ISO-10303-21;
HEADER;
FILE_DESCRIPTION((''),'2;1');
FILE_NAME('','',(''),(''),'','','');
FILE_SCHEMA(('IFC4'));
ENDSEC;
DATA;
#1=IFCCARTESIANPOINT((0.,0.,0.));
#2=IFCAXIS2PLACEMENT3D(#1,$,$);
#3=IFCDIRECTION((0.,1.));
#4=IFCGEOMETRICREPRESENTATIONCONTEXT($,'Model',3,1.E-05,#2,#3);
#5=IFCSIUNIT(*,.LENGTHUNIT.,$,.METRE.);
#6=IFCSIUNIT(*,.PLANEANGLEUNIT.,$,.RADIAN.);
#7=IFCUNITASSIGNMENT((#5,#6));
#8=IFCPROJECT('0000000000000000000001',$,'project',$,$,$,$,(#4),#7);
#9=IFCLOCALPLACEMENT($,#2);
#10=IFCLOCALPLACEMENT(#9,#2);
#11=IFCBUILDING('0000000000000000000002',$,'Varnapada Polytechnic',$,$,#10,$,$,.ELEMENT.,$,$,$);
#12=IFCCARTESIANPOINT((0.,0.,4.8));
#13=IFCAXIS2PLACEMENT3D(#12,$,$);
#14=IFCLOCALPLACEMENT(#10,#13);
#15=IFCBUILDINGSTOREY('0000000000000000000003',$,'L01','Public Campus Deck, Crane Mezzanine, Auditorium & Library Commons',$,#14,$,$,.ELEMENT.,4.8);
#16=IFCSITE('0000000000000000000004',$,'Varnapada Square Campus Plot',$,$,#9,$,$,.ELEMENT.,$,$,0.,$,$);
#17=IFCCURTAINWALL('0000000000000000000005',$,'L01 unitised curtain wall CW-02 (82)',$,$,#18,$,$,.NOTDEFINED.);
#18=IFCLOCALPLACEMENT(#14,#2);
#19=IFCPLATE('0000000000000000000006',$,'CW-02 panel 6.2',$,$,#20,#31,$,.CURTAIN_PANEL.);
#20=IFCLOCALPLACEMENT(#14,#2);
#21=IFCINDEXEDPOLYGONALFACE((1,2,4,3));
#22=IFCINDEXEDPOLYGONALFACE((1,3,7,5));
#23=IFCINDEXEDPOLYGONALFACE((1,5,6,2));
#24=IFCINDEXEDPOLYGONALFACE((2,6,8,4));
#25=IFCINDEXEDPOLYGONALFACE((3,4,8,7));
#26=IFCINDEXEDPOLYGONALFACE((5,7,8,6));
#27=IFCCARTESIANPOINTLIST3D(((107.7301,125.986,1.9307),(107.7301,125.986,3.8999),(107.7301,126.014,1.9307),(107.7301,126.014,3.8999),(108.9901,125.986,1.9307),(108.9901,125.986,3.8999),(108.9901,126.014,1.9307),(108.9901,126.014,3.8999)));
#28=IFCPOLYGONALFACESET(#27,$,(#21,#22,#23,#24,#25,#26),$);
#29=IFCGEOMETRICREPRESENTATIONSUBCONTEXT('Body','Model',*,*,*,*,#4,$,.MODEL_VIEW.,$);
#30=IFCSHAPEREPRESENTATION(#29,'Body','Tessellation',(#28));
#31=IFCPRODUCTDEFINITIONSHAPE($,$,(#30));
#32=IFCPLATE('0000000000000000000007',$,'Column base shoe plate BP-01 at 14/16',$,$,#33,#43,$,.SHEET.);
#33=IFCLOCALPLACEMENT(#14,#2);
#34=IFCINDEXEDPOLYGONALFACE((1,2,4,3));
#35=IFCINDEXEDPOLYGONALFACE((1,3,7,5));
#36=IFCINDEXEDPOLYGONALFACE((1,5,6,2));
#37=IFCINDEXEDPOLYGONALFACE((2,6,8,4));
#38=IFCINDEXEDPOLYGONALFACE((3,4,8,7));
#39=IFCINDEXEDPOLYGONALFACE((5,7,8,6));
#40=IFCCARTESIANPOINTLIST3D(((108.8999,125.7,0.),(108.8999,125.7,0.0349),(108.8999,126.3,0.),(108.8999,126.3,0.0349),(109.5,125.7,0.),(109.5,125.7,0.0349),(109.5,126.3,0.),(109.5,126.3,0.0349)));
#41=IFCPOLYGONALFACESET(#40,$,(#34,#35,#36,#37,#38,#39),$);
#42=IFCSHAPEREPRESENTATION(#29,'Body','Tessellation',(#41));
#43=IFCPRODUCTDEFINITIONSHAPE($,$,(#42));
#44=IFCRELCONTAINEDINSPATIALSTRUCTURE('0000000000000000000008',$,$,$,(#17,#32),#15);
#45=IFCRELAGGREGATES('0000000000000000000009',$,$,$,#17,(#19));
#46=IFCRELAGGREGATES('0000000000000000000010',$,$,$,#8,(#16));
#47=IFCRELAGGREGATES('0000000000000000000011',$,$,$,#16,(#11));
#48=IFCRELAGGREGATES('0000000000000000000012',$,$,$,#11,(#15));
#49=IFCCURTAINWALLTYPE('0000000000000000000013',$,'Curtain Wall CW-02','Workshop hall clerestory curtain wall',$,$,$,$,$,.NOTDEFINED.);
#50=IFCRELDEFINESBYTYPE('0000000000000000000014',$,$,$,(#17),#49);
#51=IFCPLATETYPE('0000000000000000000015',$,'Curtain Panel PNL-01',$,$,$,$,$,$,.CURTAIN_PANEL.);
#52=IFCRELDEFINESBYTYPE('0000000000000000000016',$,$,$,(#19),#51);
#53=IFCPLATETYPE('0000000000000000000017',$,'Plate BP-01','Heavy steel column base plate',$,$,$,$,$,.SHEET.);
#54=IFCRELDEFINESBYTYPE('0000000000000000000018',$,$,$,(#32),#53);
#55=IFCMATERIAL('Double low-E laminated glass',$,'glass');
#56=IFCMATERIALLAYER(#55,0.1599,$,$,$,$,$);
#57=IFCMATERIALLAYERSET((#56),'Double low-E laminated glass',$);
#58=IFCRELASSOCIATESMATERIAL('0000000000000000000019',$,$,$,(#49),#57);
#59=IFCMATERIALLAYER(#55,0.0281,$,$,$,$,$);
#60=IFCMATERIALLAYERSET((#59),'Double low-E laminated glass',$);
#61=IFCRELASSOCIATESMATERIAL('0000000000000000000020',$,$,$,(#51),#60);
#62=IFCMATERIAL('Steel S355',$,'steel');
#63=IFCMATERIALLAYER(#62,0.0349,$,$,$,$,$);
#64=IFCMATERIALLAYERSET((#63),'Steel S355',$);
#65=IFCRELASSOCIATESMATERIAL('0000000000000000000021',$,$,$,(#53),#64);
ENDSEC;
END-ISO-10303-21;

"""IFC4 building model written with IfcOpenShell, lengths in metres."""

from ifc_helpers import new_model, si_unit, direction, frame, origin, origin_2d, place, context, subcontext, project, spatial, rectangle, extrude, material, layer, layer_set, type_object, element, aggregate, save


model = new_model("IFC4")

# Units and contexts
model_context = context("Model", 3, precision=1e-05, world=origin(), true_north=direction((0.0, 1.0)))
body_context = subcontext(model_context, "Body", "Model", "MODEL_VIEW")
ifc_project = project(units=[si_unit("LENGTHUNIT", "METRE"), si_unit("PLANEANGLEUNIT", "RADIAN")], contexts=[model_context])

# Site, building, storey
site_placement = place(None, origin())
site = spatial("IfcSite", under=ifc_project, at=site_placement, Name="Varnapada Square Campus Plot", CompositionType="ELEMENT", RefElevation=0.0)
building_placement = place(site_placement, origin())
building = spatial("IfcBuilding", under=site, at=building_placement, Name="Varnapada Polytechnic", CompositionType="ELEMENT")
storey_placement = place(building_placement, frame((0.0, 0.0, 4.8)))
storey = spatial("IfcBuildingStorey", under=building, at=storey_placement, Name="L01", Description="Public Campus Deck, Crane Mezzanine, Auditorium & Library Commons", CompositionType="ELEMENT", Elevation=4.8)

# Shared definitions
ifc_material_1 = material(Name="Steel S355", Category="steel")

# Curtain wall
ifc_material_2 = material(Name="Double low-E laminated glass", Category="glass")
ifc_layer_1 = layer(ifc_material_2, 0.1599)
ifc_layer_set_1 = layer_set([ifc_layer_1], Name="Double low-E laminated glass")
curtain_wall_type = type_object("IfcCurtainWallType", Name="Curtain Wall CW-02", Description="Workshop hall clerestory curtain wall", PredefinedType="NOTDEFINED", material=ifc_layer_set_1)
curtain_wall_1_placement = place(storey_placement, origin())
curtain_wall_1 = element("IfcCurtainWall", 1, at=curtain_wall_1_placement, inside=storey, type_object=curtain_wall_type, Name="L01 unitised curtain wall CW-02 (82)", PredefinedType="NOTDEFINED")

# Plates
ifc_layer_2 = layer(ifc_material_2, 0.0281)
ifc_layer_set_2 = layer_set([ifc_layer_2], Name="Double low-E laminated glass")
plate_type_1 = type_object("IfcPlateType", Name="Curtain Panel PNL-01", PredefinedType="CURTAIN_PANEL", material=ifc_layer_set_2)
plate_1_placement = place(storey_placement, frame((108.3601, 126.0, 1.9307), z_axis=(0.0, 0.0, 1.0), x_axis=(1.0, 0.0, 0.0)))
plate_1 = element("IfcPlate", 2, at=plate_1_placement, type_object=plate_type_1, Name="CW-02 panel 6.2", PredefinedType="CURTAIN_PANEL", context=body_context, shape_type="SweptSolid", body=[
    extrude(rectangle(XDim=1.26, YDim=0.0281, at=origin_2d()), origin(), (0.0, 0.0, 1.0), 1.9692),
])
aggregate(curtain_wall_1, [plate_1])
ifc_layer_3 = layer(ifc_material_1, 0.0349)
ifc_layer_set_3 = layer_set([ifc_layer_3], Name="Steel S355")
plate_type_2 = type_object("IfcPlateType", Name="Plate BP-01", Description="Heavy steel column base plate", PredefinedType="SHEET", material=ifc_layer_set_3)
plate_2_placement = place(storey_placement, frame((109.2, 126.0, 0.0), z_axis=(0.0, 0.0, 1.0), x_axis=(1.0, 0.0, 0.0)))
element("IfcPlate", 3, at=plate_2_placement, inside=storey, type_object=plate_type_2, Name="Column base shoe plate BP-01 at 14/16", PredefinedType="SHEET", context=body_context, shape_type="SweptSolid", body=[
    extrude(rectangle(XDim=0.6001, YDim=0.6001, at=origin_2d()), origin(), (0.0, 0.0, 1.0), 0.0349),
])

save(model, "model.ifc")
